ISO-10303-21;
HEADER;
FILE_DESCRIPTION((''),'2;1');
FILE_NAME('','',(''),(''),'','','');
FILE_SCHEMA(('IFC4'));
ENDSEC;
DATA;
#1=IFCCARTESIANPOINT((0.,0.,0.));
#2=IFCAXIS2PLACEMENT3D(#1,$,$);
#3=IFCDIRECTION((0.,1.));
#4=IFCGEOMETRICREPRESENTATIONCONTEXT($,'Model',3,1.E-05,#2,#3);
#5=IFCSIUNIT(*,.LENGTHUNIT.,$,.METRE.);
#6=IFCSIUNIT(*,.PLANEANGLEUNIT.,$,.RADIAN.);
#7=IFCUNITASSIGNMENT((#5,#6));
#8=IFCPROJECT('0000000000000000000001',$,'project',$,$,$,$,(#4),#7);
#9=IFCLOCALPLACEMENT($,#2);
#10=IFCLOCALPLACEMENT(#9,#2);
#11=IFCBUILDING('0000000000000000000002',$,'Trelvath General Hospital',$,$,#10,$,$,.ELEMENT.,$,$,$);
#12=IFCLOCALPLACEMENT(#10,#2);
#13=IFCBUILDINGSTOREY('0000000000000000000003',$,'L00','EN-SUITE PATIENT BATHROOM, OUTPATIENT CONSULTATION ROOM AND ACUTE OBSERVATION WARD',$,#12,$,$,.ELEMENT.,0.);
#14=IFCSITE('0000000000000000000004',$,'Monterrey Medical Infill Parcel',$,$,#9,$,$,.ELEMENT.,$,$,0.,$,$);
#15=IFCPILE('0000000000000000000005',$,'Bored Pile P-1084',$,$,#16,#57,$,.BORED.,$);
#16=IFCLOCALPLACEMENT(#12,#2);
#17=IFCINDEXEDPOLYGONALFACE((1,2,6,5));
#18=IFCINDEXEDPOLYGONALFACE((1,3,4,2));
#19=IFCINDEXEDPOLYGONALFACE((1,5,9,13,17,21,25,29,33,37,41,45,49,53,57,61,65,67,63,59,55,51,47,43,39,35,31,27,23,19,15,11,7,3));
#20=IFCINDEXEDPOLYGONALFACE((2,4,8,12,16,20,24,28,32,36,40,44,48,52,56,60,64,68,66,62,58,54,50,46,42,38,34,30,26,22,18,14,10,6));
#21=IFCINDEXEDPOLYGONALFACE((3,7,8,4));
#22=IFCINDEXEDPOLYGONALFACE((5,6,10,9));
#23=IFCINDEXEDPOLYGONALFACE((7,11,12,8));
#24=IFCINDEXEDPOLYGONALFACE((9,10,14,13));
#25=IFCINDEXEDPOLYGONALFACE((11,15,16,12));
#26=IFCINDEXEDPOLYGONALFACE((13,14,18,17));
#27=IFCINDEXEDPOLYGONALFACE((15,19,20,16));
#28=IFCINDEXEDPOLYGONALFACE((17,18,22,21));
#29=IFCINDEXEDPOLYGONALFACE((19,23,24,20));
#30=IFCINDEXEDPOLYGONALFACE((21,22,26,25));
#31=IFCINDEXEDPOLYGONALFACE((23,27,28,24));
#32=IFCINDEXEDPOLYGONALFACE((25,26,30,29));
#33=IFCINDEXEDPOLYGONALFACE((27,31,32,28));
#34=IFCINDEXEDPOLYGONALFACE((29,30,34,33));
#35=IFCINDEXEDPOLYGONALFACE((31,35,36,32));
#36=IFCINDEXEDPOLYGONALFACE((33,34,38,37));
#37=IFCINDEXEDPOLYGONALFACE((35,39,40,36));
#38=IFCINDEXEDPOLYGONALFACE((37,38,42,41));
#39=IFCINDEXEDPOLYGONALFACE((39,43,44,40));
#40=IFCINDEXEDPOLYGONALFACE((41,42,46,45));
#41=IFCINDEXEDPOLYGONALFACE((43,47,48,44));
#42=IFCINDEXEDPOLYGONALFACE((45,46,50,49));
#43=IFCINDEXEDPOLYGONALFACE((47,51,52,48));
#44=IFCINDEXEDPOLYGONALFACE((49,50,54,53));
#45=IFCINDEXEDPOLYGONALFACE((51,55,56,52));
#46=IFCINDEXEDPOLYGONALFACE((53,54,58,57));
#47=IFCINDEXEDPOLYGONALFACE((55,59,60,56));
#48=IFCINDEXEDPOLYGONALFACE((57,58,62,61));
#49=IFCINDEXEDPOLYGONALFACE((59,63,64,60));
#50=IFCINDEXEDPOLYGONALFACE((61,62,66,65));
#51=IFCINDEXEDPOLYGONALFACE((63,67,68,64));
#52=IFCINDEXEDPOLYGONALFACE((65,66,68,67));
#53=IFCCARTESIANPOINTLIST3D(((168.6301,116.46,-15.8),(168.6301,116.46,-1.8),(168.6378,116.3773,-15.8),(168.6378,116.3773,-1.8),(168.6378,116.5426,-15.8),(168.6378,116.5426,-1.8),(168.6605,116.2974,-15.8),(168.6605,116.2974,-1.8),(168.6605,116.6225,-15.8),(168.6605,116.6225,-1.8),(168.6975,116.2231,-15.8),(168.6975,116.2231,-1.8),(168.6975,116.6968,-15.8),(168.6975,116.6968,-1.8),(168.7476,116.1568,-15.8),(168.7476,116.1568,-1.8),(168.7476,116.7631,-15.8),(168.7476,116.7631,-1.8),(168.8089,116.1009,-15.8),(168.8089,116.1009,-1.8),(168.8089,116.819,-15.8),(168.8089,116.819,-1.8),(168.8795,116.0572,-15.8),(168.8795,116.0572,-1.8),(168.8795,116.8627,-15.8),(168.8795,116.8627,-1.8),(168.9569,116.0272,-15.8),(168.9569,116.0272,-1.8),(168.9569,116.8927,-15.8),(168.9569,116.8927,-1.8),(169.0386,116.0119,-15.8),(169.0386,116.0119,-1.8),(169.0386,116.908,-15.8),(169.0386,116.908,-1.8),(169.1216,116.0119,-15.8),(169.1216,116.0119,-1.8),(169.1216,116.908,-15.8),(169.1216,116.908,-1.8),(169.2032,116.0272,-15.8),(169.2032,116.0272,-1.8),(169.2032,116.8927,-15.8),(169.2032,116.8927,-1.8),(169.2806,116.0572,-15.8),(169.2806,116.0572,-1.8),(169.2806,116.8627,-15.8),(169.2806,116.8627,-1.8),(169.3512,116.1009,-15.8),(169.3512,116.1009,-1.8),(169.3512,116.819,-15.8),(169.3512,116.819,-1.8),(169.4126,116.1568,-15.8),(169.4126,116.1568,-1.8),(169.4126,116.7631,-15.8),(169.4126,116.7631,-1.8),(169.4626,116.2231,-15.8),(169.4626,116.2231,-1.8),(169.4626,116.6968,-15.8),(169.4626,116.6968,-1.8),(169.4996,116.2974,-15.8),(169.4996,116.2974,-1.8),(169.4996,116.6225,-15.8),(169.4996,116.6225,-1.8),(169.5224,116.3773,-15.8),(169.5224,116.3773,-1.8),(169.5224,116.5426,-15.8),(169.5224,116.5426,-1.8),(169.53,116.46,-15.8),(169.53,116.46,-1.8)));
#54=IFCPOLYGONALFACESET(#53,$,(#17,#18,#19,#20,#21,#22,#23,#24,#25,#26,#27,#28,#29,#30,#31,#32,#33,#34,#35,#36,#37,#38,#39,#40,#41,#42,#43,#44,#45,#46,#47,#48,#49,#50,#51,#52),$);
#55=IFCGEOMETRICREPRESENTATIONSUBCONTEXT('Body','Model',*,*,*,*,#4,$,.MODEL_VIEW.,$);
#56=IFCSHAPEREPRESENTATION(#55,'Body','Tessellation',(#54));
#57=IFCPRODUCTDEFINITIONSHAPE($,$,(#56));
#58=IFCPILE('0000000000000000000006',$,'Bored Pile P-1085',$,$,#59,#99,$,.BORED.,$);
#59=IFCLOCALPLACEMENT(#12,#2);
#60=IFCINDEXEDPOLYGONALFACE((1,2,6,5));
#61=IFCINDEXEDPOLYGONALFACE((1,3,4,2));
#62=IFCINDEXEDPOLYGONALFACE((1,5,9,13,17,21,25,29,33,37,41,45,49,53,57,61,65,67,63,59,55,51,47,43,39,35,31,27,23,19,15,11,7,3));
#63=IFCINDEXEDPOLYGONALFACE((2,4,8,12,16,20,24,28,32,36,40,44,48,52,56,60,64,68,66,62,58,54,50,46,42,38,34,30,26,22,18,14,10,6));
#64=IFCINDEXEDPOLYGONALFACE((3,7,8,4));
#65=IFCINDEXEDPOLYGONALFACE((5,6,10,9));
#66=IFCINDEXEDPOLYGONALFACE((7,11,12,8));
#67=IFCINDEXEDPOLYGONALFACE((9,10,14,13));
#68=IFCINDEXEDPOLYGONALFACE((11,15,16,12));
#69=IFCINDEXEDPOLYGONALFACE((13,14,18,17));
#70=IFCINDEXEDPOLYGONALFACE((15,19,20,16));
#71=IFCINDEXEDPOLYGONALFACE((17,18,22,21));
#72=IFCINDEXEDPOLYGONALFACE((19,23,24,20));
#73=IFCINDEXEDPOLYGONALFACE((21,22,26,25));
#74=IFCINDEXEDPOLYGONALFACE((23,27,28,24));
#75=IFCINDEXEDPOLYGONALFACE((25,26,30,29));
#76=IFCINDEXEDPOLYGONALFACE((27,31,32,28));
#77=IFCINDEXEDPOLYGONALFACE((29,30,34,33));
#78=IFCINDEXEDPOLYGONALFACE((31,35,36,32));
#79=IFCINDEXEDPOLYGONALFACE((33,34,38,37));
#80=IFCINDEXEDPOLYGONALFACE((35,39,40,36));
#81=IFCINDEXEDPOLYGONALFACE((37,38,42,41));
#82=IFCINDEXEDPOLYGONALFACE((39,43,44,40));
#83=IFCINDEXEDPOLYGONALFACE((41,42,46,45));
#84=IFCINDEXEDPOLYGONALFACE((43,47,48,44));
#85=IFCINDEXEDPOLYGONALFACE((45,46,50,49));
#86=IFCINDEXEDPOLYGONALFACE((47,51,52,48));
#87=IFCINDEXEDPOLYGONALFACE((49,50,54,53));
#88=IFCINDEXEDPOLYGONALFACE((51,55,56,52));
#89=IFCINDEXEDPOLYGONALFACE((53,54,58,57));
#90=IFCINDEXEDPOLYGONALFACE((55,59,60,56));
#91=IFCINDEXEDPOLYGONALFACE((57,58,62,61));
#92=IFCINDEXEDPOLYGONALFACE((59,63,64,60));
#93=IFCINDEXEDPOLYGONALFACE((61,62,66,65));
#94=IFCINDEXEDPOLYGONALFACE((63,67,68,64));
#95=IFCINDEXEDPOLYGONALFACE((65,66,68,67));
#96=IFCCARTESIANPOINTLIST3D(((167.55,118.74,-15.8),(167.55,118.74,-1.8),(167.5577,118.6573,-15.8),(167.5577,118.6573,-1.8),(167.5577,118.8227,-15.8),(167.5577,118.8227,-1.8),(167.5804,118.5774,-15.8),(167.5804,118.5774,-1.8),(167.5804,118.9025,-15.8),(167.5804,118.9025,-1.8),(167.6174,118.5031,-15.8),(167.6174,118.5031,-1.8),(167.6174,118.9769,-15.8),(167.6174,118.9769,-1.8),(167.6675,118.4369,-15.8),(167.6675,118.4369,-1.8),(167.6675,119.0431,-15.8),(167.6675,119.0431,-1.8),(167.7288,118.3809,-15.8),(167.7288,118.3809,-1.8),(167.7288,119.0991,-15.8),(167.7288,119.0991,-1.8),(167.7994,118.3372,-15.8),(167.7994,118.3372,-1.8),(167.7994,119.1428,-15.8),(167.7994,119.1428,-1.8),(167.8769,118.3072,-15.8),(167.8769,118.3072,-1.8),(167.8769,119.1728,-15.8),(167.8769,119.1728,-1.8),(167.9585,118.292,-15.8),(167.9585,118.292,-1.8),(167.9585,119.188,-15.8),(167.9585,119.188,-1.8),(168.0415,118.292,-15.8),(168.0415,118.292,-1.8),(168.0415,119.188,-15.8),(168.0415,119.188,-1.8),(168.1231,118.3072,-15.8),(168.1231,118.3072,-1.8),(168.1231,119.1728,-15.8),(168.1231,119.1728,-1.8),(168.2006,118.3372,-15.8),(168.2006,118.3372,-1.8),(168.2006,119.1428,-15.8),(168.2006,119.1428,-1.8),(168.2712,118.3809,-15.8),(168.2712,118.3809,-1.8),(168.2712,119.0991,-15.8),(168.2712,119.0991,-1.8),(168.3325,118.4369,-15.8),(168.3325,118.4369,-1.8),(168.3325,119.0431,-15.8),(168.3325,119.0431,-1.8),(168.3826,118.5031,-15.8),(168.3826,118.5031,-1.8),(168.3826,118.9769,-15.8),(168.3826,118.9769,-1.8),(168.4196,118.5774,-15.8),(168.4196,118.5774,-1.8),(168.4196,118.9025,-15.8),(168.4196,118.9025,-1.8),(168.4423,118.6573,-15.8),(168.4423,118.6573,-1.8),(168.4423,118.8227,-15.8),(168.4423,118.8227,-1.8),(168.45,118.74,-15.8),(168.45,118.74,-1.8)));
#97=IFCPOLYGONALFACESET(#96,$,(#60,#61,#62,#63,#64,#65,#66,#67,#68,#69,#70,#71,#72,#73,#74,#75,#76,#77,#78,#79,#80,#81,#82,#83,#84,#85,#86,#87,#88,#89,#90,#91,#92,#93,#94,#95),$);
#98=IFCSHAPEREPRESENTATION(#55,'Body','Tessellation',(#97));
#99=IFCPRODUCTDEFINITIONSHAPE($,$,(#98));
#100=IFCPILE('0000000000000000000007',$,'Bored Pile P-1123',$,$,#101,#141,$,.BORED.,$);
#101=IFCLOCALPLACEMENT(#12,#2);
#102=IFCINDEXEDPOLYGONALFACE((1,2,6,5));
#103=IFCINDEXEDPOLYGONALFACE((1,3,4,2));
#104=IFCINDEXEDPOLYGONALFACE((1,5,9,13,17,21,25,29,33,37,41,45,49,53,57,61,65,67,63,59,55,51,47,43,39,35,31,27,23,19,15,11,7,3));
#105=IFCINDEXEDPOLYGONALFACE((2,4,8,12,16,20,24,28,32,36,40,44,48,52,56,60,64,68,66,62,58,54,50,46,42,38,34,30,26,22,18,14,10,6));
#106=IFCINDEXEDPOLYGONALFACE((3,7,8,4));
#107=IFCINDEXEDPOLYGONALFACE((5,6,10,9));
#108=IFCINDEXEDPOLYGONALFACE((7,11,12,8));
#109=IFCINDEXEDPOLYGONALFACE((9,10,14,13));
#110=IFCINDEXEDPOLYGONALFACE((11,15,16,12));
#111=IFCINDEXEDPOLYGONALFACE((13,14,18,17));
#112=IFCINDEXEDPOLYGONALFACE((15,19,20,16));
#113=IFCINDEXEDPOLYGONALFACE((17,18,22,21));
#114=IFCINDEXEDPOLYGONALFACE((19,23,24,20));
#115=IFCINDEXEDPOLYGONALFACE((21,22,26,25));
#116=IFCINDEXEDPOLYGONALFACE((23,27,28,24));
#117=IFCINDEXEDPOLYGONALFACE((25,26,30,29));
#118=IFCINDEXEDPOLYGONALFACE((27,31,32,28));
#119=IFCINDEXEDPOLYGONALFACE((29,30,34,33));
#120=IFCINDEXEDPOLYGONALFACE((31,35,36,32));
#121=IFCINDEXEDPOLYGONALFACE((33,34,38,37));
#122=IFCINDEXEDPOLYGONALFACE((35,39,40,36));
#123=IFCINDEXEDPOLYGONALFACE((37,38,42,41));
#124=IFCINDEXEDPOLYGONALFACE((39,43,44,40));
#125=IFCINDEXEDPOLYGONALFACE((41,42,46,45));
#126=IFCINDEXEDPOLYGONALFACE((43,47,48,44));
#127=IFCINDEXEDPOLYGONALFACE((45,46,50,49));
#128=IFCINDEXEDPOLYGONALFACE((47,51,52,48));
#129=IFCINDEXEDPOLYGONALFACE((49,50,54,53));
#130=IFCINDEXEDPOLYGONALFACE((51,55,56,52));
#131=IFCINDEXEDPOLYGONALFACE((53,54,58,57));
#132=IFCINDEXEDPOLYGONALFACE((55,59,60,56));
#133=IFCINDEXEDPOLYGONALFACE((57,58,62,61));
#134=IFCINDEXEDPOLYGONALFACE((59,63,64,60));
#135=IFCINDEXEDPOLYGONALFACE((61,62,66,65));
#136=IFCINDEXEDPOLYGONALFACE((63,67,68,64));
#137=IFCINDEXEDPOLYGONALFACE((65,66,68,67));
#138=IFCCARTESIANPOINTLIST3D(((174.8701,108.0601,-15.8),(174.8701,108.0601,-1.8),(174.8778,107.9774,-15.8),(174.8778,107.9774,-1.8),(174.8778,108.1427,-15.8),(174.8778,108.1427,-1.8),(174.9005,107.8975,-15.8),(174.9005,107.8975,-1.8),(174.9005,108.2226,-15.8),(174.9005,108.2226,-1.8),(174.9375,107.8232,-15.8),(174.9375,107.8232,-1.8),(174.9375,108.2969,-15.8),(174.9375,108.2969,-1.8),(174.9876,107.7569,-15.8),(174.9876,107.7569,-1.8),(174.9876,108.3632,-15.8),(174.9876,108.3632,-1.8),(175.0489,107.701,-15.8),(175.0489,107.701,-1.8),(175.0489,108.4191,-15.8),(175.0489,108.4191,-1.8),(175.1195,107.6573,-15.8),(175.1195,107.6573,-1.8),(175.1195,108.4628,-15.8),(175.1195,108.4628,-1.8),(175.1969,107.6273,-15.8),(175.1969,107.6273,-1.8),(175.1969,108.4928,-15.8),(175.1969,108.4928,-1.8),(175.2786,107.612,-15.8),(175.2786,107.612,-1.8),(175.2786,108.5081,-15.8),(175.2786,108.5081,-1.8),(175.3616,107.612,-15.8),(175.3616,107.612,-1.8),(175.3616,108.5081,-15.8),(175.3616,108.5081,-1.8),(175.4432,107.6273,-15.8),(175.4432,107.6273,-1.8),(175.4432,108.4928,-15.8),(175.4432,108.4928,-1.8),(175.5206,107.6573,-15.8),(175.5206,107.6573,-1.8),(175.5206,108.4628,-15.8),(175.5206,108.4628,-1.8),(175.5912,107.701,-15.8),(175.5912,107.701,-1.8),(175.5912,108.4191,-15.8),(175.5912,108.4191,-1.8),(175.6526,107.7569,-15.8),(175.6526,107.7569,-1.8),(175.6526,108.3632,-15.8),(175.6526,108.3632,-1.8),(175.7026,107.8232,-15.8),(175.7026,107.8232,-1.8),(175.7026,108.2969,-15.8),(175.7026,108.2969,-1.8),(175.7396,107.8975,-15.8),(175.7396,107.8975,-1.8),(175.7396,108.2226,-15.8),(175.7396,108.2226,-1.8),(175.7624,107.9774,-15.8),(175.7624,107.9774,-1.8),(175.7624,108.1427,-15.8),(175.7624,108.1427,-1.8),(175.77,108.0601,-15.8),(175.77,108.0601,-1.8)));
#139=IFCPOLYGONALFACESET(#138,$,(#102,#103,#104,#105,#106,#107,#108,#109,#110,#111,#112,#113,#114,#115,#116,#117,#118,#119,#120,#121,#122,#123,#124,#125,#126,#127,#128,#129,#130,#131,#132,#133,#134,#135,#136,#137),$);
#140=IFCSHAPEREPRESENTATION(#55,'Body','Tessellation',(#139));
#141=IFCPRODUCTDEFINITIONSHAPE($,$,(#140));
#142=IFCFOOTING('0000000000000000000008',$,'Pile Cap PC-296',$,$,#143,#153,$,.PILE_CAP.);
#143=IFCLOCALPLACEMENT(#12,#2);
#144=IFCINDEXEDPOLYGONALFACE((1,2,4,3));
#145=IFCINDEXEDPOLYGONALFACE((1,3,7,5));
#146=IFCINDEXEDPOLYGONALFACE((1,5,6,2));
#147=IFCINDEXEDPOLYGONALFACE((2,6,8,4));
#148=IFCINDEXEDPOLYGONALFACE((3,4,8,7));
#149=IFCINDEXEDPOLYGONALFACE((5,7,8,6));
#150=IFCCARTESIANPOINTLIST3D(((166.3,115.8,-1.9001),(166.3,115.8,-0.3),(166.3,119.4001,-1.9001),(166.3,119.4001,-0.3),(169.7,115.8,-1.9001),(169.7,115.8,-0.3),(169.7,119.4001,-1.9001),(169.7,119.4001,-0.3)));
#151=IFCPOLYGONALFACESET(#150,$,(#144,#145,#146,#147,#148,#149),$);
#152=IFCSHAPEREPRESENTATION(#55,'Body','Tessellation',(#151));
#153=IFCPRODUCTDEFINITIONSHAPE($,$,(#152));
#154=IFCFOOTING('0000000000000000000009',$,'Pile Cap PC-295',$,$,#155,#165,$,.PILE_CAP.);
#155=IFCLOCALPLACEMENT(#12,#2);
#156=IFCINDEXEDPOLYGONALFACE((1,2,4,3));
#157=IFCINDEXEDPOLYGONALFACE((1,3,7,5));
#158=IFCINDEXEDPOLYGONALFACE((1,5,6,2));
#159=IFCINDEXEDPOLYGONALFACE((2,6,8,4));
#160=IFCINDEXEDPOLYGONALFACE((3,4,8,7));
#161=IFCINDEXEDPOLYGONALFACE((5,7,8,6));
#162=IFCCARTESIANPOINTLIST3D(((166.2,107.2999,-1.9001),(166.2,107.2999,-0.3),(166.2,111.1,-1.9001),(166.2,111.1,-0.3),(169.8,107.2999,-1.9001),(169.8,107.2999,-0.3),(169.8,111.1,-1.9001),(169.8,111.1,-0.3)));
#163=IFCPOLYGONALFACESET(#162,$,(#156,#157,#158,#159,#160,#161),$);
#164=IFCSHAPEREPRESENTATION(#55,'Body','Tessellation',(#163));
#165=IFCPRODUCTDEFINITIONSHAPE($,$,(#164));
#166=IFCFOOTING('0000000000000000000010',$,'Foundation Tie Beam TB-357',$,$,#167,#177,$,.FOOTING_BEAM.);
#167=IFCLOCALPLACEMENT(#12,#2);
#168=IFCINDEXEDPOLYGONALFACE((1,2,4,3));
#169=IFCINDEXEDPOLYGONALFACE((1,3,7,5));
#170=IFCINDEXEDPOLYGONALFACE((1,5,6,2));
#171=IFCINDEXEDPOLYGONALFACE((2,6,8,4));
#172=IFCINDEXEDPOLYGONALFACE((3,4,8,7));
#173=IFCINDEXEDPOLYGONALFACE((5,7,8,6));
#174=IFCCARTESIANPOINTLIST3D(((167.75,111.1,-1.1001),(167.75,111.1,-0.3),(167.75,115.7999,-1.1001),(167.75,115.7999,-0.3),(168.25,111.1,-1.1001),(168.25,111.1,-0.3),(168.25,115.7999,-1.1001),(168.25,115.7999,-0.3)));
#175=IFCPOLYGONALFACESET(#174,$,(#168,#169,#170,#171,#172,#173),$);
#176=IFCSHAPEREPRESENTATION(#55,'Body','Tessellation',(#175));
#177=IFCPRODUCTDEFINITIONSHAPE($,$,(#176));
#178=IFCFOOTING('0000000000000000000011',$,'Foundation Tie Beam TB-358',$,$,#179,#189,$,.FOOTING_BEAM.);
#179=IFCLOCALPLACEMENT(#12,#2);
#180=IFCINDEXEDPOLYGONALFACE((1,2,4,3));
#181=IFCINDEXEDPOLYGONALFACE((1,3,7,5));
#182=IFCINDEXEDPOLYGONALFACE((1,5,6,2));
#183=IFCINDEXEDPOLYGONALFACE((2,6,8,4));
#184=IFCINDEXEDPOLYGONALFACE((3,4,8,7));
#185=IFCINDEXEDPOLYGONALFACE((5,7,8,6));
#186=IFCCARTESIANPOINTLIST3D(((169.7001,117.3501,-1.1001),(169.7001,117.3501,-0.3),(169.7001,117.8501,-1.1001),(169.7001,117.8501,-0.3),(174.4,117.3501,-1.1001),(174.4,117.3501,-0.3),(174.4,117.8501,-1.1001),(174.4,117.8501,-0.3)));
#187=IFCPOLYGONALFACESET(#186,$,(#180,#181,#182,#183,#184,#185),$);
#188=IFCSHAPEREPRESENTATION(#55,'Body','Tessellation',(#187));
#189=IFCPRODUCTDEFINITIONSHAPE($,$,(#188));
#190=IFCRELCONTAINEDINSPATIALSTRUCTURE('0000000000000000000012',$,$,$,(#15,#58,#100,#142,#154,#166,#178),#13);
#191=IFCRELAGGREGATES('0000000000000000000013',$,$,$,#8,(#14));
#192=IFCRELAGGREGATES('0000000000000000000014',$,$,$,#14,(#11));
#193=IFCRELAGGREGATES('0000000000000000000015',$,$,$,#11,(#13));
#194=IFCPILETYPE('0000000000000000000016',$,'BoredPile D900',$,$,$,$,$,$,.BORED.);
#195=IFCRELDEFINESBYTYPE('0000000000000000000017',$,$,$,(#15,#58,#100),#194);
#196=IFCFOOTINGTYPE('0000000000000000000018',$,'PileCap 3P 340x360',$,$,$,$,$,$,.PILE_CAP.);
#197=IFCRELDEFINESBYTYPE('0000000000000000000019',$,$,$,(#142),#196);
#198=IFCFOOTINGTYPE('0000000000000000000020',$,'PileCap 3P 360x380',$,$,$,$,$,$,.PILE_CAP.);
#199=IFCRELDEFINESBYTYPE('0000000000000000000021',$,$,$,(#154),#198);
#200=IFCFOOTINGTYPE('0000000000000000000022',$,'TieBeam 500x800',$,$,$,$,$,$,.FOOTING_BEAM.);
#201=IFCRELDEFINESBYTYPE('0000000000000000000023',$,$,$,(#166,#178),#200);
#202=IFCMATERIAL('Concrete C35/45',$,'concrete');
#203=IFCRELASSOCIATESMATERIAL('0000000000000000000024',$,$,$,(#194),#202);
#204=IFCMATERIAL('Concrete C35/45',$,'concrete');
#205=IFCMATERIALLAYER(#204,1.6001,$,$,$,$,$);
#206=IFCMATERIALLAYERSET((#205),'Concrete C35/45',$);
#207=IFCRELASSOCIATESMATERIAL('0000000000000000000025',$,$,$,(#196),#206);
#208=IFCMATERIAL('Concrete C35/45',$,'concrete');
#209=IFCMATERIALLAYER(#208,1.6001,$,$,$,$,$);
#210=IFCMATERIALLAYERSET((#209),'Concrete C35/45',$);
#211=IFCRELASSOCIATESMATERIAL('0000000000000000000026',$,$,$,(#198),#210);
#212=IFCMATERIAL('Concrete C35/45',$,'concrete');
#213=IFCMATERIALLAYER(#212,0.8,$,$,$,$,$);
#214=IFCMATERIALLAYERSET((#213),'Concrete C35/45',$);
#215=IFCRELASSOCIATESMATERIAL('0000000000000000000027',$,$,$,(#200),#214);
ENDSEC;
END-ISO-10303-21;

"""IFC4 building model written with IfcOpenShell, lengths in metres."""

from ifc_helpers import new_model, si_unit, direction, frame, origin, origin_2d, place, context, subcontext, project, spatial, rectangle, circle, extrude, material, layer, layer_set, material_profile, profile_set, type_object, element, save


model = new_model("IFC4")

# Units and contexts
model_context = context("Model", 3, precision=1e-05, world=origin(), true_north=direction((0.0, 1.0)))
body_context = subcontext(model_context, "Body", "Model", "MODEL_VIEW")
ifc_project = project(units=[si_unit("LENGTHUNIT", "METRE"), si_unit("PLANEANGLEUNIT", "RADIAN")], contexts=[model_context])

# Site, building, storey
site_placement = place(None, origin())
site = spatial("IfcSite", under=ifc_project, at=site_placement, Name="Monterrey Medical Infill Parcel", CompositionType="ELEMENT", RefElevation=0.0)
building_placement = place(site_placement, origin())
building = spatial("IfcBuilding", under=site, at=building_placement, Name="Trelvath General Hospital", CompositionType="ELEMENT")
storey_placement = place(building_placement, origin())
storey = spatial("IfcBuildingStorey", under=building, at=storey_placement, Name="L00", Description="EN-SUITE PATIENT BATHROOM, OUTPATIENT CONSULTATION ROOM AND ACUTE OBSERVATION WARD", CompositionType="ELEMENT", Elevation=0.0)

# Piles
ifc_material_1 = material(Name="Concrete C35/45", Category="concrete")
ifc_material_profile_1 = material_profile(ifc_material_1, circle(Radius=0.45, at=origin_2d()), Name="PILE900")
ifc_profile_set_1 = profile_set([ifc_material_profile_1], Name="Concrete C35/45")
pile_type_1 = type_object("IfcPileType", Name="BoredPile D900", PredefinedType="BORED", material=ifc_profile_set_1)
for number, where, z_axis, x_axis, name in (
    (1, (169.0801, 116.46, -1.8), (0.0, 0.0, -1.0), (1.0, 0.0, 0.0), "Bored Pile P-1084"),
    (2, (168.0, 118.74, -1.8), (0.0, 0.0, -1.0), (1.0, 0.0, 0.0), "Bored Pile P-1085"),
    (3, (175.3201, 108.0601, -1.8), (0.0, 0.0, -1.0), (1.0, 0.0, 0.0), "Bored Pile P-1123"),
):
    element("IfcPile", number, at=place(storey_placement, frame(where, z_axis=z_axis, x_axis=x_axis)), inside=storey, type_object=pile_type_1, Name=name, PredefinedType="BORED", context=body_context, shape_type="SweptSolid", body=[
        extrude(circle(Radius=0.45, at=origin_2d()), origin(), (0.0, 0.0, 1.0), 14.0),
    ])

# Footings
ifc_material_2 = material(Name="Concrete C35/45", Category="concrete")
ifc_layer_1 = layer(ifc_material_2, 1.6001)
ifc_layer_set_1 = layer_set([ifc_layer_1], Name="Concrete C35/45")
footing_type_1 = type_object("IfcFootingType", Name="PileCap 3P 340x360", PredefinedType="PILE_CAP", material=ifc_layer_set_1)
footing_1_placement = place(storey_placement, frame((168.0, 117.6001, -1.9001), z_axis=(0.0, 0.0, 1.0), x_axis=(1.0, 0.0, 0.0)))
element("IfcFooting", 4, at=footing_1_placement, inside=storey, type_object=footing_type_1, Name="Pile Cap PC-296", PredefinedType="PILE_CAP", context=body_context, shape_type="SweptSolid", body=[
    extrude(rectangle(XDim=3.3999, YDim=3.6001, at=origin_2d()), origin(), (0.0, 0.0, 1.0), 1.6001),
])
ifc_material_3 = material(Name="Concrete C35/45", Category="concrete")
ifc_layer_2 = layer(ifc_material_3, 1.6001)
ifc_layer_set_2 = layer_set([ifc_layer_2], Name="Concrete C35/45")
footing_type_2 = type_object("IfcFootingType", Name="PileCap 3P 360x380", PredefinedType="PILE_CAP", material=ifc_layer_set_2)
footing_2_placement = place(storey_placement, frame((168.0, 109.2, -1.9001), z_axis=(0.0, 0.0, 1.0), x_axis=(1.0, 0.0, 0.0)))
element("IfcFooting", 5, at=footing_2_placement, inside=storey, type_object=footing_type_2, Name="Pile Cap PC-295", PredefinedType="PILE_CAP", context=body_context, shape_type="SweptSolid", body=[
    extrude(rectangle(XDim=3.6001, YDim=3.8, at=origin_2d()), origin(), (0.0, 0.0, 1.0), 1.6001),
])
ifc_material_4 = material(Name="Concrete C35/45", Category="concrete")
ifc_layer_3 = layer(ifc_material_4, 0.8)
ifc_layer_set_3 = layer_set([ifc_layer_3], Name="Concrete C35/45")
footing_type_3 = type_object("IfcFootingType", Name="TieBeam 500x800", PredefinedType="FOOTING_BEAM", material=ifc_layer_set_3)
footing_3_placement = place(storey_placement, frame((168.0, 113.45, -1.1001), z_axis=(0.0, 0.0, 1.0), x_axis=(1.0, 0.0, 0.0)))
element("IfcFooting", 6, at=footing_3_placement, inside=storey, type_object=footing_type_3, Name="Foundation Tie Beam TB-357", PredefinedType="FOOTING_BEAM", context=body_context, shape_type="SweptSolid", body=[
    extrude(rectangle(XDim=0.5, YDim=4.7, at=origin_2d()), origin(), (0.0, 0.0, 1.0), 0.8),
])
footing_4_placement = place(storey_placement, frame((172.05, 117.6001, -1.1001), z_axis=(0.0, 0.0, 1.0), x_axis=(1.0, 0.0, 0.0)))
element("IfcFooting", 7, at=footing_4_placement, inside=storey, type_object=footing_type_3, Name="Foundation Tie Beam TB-358", PredefinedType="FOOTING_BEAM", context=body_context, shape_type="SweptSolid", body=[
    extrude(rectangle(XDim=4.7, YDim=0.5, at=origin_2d()), origin(), (0.0, 0.0, 1.0), 0.8),
])

save(model, "model.ifc")
